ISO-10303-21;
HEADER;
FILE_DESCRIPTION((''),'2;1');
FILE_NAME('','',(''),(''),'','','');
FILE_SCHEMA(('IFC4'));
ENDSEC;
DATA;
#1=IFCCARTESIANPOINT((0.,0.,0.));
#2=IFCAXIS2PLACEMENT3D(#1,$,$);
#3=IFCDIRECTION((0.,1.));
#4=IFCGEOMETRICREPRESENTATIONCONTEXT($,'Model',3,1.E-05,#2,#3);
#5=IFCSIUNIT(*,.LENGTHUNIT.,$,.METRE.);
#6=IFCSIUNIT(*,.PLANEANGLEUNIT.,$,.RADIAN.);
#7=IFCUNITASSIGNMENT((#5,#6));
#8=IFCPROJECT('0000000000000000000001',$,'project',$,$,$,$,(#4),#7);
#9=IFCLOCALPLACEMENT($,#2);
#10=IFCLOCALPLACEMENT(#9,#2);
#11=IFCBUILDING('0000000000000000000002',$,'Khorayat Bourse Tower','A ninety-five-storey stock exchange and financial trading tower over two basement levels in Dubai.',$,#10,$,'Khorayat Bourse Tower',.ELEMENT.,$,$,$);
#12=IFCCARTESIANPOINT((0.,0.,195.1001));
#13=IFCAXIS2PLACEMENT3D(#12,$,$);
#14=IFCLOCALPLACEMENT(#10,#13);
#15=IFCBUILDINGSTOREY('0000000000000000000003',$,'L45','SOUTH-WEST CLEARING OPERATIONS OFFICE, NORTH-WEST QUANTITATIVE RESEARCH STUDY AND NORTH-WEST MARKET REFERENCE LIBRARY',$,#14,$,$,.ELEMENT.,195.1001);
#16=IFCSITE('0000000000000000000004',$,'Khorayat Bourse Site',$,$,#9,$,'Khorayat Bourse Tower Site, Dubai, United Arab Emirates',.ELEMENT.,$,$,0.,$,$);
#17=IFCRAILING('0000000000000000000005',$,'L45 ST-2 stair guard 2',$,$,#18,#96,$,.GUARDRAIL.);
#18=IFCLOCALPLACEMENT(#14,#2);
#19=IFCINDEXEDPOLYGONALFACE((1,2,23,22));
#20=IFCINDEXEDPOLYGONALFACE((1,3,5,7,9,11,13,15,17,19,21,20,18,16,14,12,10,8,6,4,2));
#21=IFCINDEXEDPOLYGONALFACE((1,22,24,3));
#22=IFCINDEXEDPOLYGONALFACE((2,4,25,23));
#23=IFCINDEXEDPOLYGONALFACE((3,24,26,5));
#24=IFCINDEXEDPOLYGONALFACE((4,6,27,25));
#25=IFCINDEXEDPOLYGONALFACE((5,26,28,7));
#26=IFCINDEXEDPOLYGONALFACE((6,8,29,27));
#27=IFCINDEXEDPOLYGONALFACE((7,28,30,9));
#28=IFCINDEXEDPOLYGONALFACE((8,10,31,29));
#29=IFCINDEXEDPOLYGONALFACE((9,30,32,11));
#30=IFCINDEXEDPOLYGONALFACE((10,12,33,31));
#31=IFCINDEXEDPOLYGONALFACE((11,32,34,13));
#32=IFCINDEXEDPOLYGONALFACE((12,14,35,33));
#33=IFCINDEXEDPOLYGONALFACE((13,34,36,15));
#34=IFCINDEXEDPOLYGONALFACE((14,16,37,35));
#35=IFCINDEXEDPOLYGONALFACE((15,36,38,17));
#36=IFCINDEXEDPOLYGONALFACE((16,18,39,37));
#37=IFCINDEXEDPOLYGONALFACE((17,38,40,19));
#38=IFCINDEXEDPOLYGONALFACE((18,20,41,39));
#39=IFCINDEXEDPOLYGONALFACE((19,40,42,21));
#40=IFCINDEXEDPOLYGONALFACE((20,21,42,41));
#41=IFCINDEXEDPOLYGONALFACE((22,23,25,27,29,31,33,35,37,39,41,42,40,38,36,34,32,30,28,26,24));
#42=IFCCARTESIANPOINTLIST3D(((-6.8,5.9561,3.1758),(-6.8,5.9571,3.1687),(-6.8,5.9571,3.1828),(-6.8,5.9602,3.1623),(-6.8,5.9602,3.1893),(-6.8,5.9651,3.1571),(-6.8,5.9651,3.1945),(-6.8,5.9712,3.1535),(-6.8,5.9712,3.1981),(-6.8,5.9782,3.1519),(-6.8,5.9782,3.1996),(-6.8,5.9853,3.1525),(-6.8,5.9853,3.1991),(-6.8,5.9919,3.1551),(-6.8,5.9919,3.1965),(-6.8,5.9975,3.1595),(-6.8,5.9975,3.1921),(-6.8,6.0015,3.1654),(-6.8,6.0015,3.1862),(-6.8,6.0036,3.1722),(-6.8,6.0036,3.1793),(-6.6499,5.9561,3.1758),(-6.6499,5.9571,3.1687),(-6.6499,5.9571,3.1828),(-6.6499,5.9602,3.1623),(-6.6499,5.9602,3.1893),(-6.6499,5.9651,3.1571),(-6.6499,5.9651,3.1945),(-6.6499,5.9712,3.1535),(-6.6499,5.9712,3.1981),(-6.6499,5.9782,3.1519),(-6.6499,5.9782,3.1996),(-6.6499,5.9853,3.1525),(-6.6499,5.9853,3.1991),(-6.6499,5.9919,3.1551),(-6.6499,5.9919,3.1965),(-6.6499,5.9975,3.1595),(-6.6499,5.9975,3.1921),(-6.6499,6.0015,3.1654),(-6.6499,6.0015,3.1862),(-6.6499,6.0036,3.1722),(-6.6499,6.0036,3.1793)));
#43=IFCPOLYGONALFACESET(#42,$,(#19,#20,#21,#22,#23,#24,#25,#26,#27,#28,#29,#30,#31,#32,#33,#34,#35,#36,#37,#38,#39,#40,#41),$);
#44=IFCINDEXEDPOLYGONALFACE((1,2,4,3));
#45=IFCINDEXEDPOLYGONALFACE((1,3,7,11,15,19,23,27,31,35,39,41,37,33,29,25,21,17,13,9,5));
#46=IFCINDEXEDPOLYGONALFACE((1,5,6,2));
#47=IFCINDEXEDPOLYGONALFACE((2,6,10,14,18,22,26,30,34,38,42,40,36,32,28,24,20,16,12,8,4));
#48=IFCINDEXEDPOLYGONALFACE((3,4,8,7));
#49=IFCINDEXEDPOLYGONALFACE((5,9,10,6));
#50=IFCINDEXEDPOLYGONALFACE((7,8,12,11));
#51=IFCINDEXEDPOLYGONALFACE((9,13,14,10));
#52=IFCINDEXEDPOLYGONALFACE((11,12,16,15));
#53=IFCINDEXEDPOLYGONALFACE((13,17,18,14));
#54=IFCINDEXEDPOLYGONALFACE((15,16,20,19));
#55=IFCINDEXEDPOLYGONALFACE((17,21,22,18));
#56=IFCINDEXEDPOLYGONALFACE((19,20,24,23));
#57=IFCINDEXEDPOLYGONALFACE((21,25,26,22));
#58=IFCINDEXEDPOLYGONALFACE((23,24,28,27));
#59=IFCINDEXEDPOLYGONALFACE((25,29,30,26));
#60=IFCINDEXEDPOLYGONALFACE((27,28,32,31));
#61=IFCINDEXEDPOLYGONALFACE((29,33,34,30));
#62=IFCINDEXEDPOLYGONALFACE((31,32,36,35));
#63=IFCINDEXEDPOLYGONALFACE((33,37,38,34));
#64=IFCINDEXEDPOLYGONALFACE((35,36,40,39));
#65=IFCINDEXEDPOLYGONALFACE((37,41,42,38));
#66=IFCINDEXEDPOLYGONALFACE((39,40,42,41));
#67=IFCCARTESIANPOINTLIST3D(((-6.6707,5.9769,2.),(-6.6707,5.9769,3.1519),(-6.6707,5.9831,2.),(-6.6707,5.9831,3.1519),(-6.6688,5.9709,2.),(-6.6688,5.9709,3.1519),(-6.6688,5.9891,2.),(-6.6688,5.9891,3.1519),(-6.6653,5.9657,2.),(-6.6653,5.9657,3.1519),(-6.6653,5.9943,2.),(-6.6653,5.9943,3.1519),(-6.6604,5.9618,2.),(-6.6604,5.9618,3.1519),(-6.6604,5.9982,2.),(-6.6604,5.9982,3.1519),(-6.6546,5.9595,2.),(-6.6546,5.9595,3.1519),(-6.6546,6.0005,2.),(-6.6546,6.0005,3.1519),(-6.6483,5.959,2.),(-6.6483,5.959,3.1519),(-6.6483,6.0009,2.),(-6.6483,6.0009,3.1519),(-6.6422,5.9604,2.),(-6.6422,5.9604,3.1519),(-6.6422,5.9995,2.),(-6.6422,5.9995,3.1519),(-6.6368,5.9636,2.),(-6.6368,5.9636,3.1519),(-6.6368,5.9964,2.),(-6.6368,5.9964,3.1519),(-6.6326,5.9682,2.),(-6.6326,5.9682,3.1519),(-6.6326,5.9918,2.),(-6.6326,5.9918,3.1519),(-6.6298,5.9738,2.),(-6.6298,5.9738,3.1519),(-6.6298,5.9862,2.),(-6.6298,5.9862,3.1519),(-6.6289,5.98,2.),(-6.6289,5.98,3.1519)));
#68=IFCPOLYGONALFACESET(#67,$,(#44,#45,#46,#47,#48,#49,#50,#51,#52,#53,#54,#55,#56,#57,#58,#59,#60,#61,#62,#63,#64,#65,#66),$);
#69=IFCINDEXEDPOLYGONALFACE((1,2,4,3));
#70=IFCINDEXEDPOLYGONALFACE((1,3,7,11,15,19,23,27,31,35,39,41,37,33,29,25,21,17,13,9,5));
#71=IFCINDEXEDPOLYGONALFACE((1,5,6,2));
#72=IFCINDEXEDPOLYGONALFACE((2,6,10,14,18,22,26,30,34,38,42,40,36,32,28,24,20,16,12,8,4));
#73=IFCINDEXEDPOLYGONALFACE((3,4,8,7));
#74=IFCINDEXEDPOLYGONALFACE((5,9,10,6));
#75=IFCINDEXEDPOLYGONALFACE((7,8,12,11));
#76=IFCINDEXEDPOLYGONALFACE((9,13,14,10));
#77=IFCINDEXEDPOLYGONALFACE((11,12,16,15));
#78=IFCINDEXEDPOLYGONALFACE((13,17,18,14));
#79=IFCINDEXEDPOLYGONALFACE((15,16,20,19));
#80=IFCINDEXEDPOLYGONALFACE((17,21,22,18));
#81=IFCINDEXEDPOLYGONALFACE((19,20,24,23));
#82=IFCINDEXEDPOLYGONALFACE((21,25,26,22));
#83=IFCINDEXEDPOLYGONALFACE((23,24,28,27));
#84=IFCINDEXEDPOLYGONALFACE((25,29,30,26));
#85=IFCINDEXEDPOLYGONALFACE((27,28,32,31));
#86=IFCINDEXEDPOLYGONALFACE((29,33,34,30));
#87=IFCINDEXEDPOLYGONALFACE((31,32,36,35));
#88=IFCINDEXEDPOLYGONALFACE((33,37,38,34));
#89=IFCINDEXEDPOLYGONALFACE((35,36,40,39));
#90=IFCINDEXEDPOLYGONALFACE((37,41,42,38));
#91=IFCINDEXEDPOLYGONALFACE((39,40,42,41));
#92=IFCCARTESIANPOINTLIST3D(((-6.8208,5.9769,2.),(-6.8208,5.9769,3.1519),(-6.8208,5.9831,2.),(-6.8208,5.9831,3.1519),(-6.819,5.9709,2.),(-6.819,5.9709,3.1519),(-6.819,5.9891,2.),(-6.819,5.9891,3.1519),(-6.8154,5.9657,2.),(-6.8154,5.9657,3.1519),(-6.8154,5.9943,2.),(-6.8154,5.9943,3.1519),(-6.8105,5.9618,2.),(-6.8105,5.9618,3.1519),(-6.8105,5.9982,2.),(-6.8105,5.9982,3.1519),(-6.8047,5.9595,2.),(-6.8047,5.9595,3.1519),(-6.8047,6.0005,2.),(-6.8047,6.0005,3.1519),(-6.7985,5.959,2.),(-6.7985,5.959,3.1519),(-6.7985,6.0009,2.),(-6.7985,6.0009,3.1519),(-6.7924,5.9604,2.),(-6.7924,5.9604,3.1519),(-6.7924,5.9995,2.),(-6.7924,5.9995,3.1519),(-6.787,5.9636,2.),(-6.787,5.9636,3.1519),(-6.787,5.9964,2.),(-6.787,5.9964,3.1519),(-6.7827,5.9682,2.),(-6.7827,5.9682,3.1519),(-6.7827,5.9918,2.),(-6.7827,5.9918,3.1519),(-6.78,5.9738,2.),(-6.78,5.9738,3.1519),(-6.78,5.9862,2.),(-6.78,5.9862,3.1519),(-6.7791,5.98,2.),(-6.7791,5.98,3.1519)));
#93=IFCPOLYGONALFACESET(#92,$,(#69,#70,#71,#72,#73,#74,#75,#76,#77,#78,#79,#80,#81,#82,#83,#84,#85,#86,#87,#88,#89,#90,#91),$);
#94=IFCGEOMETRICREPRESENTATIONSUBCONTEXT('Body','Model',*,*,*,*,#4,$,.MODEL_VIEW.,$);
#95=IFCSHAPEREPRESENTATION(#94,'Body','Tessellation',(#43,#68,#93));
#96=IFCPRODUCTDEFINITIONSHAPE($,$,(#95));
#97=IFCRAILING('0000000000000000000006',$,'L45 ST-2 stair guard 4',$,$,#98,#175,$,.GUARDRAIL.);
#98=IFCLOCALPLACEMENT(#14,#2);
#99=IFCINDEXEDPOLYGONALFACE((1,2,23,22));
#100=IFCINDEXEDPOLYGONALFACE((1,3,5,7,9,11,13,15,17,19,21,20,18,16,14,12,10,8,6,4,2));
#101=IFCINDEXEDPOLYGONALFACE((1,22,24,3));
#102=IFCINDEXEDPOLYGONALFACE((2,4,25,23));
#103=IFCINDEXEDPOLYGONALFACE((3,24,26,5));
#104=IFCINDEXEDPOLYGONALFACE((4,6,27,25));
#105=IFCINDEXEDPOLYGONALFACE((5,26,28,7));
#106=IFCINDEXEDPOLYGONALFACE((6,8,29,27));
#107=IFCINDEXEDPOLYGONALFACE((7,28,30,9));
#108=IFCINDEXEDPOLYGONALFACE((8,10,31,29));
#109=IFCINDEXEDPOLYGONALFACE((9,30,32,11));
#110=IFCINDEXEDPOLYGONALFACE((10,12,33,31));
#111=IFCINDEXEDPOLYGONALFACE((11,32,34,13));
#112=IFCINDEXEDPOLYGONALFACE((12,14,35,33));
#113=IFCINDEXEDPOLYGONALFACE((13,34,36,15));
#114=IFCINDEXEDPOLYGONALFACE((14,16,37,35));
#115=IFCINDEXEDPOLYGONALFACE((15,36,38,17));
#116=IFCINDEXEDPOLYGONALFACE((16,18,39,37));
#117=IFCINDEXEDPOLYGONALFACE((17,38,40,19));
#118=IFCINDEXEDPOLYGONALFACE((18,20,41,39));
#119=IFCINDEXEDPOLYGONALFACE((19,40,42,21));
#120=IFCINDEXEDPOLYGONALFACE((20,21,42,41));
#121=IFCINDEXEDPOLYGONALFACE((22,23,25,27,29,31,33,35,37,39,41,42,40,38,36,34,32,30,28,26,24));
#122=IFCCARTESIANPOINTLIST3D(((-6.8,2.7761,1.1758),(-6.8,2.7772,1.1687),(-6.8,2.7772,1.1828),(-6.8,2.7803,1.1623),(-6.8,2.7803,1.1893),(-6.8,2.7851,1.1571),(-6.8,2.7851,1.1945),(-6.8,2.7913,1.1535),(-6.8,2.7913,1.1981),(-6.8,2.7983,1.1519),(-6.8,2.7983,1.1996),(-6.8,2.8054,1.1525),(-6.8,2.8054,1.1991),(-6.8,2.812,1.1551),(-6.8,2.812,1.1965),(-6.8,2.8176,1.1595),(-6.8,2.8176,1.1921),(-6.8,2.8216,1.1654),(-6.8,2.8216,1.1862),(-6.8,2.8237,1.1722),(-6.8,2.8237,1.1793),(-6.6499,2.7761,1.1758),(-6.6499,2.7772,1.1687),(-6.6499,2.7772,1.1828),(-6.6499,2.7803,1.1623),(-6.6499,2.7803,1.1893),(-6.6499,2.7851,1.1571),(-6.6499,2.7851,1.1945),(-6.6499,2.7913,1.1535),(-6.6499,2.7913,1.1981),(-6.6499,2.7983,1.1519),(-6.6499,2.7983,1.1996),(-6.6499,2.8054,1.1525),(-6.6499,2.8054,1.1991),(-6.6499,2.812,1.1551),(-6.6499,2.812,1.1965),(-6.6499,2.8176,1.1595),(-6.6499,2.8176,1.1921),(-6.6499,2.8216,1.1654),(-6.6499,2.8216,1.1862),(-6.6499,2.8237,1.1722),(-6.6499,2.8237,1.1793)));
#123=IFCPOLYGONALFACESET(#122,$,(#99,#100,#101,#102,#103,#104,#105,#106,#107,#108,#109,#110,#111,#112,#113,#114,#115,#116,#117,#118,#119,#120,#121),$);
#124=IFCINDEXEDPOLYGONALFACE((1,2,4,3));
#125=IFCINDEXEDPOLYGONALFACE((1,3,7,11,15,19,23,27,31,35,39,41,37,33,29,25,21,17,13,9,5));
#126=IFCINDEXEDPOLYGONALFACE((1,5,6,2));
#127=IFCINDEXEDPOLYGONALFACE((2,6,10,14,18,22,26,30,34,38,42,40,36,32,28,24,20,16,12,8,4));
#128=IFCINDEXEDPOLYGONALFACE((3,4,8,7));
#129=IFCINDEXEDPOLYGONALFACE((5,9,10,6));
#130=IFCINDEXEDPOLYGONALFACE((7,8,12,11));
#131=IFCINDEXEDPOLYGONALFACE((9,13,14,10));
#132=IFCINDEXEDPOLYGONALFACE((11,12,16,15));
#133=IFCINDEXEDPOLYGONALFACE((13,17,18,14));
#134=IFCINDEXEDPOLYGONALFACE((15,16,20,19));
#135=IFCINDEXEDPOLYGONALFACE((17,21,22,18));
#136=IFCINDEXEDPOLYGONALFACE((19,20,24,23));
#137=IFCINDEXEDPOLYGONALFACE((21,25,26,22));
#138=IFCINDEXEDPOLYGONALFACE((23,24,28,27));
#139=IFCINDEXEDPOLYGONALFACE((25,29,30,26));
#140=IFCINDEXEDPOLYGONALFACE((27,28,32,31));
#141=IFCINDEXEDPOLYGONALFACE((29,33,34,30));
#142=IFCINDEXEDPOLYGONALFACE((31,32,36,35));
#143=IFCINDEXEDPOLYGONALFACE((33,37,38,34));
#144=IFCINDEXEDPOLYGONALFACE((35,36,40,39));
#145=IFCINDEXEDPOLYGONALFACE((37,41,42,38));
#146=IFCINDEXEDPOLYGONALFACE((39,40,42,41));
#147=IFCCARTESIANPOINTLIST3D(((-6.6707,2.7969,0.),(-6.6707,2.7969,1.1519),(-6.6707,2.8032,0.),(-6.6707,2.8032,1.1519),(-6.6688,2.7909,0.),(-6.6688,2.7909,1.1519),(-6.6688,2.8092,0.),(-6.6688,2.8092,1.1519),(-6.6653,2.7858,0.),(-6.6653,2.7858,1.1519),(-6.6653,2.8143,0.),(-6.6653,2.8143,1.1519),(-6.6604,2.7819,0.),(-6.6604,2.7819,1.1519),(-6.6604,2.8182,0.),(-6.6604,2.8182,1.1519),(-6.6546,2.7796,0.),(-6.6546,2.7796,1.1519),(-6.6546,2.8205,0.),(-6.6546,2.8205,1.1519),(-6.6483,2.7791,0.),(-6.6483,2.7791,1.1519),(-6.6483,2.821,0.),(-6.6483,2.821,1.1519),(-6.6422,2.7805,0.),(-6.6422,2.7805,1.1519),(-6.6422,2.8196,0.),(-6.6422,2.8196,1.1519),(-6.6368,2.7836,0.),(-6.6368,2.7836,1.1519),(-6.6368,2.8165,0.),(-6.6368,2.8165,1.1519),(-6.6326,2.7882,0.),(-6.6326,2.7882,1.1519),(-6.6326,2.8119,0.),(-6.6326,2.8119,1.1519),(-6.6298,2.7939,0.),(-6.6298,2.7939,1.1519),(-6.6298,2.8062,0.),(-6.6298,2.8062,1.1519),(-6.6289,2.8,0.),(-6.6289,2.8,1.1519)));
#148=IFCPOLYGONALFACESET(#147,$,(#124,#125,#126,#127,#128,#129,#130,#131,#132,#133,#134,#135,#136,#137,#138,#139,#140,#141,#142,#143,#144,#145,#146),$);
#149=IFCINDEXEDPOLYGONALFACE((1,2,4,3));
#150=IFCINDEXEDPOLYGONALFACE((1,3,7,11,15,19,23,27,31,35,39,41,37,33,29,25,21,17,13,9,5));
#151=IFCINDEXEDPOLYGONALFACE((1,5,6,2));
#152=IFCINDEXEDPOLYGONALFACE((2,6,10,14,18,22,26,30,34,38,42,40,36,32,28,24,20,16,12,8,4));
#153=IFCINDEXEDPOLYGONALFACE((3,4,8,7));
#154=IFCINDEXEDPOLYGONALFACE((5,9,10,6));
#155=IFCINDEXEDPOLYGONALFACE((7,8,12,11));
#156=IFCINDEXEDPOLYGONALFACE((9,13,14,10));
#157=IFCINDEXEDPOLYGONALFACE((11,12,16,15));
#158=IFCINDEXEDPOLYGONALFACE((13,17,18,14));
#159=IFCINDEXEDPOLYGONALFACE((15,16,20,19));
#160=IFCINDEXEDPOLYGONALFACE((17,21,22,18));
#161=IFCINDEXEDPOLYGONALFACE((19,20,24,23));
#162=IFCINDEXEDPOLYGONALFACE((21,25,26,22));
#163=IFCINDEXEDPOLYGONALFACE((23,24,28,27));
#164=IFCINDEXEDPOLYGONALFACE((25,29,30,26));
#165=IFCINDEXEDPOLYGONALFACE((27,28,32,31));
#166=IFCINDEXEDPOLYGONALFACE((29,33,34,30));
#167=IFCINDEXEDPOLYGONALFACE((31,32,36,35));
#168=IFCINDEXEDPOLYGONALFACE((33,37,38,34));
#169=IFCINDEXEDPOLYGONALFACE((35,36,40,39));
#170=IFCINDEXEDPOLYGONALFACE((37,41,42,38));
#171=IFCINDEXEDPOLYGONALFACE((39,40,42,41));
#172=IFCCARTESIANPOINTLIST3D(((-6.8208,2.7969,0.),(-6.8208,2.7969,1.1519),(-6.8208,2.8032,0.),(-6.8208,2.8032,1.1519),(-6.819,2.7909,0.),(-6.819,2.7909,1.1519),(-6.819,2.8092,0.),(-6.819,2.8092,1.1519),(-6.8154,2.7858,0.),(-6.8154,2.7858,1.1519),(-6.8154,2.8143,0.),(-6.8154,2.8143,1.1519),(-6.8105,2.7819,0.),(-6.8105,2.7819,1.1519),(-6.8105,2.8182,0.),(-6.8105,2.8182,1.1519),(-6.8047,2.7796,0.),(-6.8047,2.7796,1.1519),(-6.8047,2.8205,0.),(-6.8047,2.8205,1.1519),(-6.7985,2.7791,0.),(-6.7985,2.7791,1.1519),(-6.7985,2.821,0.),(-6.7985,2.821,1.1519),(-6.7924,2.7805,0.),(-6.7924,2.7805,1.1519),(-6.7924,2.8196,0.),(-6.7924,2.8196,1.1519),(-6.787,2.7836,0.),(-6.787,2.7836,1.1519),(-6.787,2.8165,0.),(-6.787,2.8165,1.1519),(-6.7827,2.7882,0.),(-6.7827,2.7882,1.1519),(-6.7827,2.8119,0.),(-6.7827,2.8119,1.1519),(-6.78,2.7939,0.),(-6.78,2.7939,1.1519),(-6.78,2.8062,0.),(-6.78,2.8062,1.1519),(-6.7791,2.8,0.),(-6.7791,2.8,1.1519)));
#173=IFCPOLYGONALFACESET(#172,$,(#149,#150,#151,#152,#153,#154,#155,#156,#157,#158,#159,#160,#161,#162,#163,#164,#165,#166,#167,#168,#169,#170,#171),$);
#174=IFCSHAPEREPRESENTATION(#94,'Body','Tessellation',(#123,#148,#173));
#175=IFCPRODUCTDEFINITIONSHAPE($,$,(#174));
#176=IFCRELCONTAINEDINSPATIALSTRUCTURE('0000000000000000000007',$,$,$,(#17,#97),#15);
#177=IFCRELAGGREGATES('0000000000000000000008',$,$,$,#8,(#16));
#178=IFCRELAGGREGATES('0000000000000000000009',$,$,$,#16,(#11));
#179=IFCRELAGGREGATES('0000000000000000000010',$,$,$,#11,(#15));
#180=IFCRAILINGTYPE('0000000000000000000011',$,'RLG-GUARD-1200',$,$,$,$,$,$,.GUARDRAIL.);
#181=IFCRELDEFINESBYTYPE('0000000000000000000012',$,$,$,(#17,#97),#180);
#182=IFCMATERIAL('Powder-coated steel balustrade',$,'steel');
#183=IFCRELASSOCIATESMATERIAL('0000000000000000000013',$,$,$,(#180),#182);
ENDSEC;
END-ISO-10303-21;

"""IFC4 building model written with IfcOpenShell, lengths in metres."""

from ifc_helpers import new_model, si_unit, direction, frame, origin, origin_2d, place, context, subcontext, project, spatial, circle, extrude, source, transform, mapped, material, type_object, element, save


model = new_model("IFC4")

# Units and contexts
model_context = context("Model", 3, precision=1e-05, world=origin(), true_north=direction((0.0, 1.0)))
body_context = subcontext(model_context, "Body", "Model", "MODEL_VIEW")
ifc_project = project(units=[si_unit("LENGTHUNIT", "METRE"), si_unit("PLANEANGLEUNIT", "RADIAN")], contexts=[model_context])

# Site, building, storey
site_placement = place(None, origin())
site = spatial("IfcSite", under=ifc_project, at=site_placement, Name="Khorayat Bourse Site", LongName="Khorayat Bourse Tower Site, Dubai, United Arab Emirates", CompositionType="ELEMENT", RefElevation=0.0)
building_placement = place(site_placement, origin())
building = spatial("IfcBuilding", under=site, at=building_placement, Name="Khorayat Bourse Tower", Description="A ninety-five-storey stock exchange and financial trading tower over two basement levels in Dubai.", LongName="Khorayat Bourse Tower", CompositionType="ELEMENT")
storey_placement = place(building_placement, frame((0.0, 0.0, 195.1001)))
storey = spatial("IfcBuildingStorey", under=building, at=storey_placement, Name="L45", Description="SOUTH-WEST CLEARING OPERATIONS OFFICE, NORTH-WEST QUANTITATIVE RESEARCH STUDY AND NORTH-WEST MARKET REFERENCE LIBRARY", CompositionType="ELEMENT", Elevation=195.1001)

# Railings
ifc_material_1 = material(Name="Powder-coated steel balustrade", Category="steel")
railing_type_1 = type_object("IfcRailingType", Name="RLG-GUARD-1200", PredefinedType="GUARDRAIL", material=ifc_material_1)
shared_shape_1 = source(origin(), body_context, "Body", "SweptSolid", [
    extrude(circle(Radius=0.0239, at=origin_2d()), frame((0.0, 0.0, 1.1758), z_axis=(-1.0, 0.0, 0.0), x_axis=(0.0, -1.0, 0.0)), (0.0, 0.0, 1.0), 0.1501),
    extrude(circle(Radius=0.021, at=origin_2d()), origin(), (0.0, 0.0, 1.0), 1.1519),
    extrude(circle(Radius=0.021, at=origin_2d()), frame((-0.1501, 0.0, 0.0)), (0.0, 0.0, 1.0), 1.1519),
])
for number, where, name in (
    (1, (-6.6499, 5.98, 2.0), "L45 ST-2 stair guard 2"),
    (2, (-6.6499, 2.8, 0.0), "L45 ST-2 stair guard 4"),
):
    element("IfcRailing", number, at=place(storey_placement, frame(where)), inside=storey, type_object=railing_type_1, Name=name, PredefinedType="GUARDRAIL", context=body_context, shape_type="MappedRepresentation", body=[
        mapped(shared_shape_1, transform((0.0, 0.0, 0.0), scale=1.0)),
    ])

save(model, "model.ifc")
